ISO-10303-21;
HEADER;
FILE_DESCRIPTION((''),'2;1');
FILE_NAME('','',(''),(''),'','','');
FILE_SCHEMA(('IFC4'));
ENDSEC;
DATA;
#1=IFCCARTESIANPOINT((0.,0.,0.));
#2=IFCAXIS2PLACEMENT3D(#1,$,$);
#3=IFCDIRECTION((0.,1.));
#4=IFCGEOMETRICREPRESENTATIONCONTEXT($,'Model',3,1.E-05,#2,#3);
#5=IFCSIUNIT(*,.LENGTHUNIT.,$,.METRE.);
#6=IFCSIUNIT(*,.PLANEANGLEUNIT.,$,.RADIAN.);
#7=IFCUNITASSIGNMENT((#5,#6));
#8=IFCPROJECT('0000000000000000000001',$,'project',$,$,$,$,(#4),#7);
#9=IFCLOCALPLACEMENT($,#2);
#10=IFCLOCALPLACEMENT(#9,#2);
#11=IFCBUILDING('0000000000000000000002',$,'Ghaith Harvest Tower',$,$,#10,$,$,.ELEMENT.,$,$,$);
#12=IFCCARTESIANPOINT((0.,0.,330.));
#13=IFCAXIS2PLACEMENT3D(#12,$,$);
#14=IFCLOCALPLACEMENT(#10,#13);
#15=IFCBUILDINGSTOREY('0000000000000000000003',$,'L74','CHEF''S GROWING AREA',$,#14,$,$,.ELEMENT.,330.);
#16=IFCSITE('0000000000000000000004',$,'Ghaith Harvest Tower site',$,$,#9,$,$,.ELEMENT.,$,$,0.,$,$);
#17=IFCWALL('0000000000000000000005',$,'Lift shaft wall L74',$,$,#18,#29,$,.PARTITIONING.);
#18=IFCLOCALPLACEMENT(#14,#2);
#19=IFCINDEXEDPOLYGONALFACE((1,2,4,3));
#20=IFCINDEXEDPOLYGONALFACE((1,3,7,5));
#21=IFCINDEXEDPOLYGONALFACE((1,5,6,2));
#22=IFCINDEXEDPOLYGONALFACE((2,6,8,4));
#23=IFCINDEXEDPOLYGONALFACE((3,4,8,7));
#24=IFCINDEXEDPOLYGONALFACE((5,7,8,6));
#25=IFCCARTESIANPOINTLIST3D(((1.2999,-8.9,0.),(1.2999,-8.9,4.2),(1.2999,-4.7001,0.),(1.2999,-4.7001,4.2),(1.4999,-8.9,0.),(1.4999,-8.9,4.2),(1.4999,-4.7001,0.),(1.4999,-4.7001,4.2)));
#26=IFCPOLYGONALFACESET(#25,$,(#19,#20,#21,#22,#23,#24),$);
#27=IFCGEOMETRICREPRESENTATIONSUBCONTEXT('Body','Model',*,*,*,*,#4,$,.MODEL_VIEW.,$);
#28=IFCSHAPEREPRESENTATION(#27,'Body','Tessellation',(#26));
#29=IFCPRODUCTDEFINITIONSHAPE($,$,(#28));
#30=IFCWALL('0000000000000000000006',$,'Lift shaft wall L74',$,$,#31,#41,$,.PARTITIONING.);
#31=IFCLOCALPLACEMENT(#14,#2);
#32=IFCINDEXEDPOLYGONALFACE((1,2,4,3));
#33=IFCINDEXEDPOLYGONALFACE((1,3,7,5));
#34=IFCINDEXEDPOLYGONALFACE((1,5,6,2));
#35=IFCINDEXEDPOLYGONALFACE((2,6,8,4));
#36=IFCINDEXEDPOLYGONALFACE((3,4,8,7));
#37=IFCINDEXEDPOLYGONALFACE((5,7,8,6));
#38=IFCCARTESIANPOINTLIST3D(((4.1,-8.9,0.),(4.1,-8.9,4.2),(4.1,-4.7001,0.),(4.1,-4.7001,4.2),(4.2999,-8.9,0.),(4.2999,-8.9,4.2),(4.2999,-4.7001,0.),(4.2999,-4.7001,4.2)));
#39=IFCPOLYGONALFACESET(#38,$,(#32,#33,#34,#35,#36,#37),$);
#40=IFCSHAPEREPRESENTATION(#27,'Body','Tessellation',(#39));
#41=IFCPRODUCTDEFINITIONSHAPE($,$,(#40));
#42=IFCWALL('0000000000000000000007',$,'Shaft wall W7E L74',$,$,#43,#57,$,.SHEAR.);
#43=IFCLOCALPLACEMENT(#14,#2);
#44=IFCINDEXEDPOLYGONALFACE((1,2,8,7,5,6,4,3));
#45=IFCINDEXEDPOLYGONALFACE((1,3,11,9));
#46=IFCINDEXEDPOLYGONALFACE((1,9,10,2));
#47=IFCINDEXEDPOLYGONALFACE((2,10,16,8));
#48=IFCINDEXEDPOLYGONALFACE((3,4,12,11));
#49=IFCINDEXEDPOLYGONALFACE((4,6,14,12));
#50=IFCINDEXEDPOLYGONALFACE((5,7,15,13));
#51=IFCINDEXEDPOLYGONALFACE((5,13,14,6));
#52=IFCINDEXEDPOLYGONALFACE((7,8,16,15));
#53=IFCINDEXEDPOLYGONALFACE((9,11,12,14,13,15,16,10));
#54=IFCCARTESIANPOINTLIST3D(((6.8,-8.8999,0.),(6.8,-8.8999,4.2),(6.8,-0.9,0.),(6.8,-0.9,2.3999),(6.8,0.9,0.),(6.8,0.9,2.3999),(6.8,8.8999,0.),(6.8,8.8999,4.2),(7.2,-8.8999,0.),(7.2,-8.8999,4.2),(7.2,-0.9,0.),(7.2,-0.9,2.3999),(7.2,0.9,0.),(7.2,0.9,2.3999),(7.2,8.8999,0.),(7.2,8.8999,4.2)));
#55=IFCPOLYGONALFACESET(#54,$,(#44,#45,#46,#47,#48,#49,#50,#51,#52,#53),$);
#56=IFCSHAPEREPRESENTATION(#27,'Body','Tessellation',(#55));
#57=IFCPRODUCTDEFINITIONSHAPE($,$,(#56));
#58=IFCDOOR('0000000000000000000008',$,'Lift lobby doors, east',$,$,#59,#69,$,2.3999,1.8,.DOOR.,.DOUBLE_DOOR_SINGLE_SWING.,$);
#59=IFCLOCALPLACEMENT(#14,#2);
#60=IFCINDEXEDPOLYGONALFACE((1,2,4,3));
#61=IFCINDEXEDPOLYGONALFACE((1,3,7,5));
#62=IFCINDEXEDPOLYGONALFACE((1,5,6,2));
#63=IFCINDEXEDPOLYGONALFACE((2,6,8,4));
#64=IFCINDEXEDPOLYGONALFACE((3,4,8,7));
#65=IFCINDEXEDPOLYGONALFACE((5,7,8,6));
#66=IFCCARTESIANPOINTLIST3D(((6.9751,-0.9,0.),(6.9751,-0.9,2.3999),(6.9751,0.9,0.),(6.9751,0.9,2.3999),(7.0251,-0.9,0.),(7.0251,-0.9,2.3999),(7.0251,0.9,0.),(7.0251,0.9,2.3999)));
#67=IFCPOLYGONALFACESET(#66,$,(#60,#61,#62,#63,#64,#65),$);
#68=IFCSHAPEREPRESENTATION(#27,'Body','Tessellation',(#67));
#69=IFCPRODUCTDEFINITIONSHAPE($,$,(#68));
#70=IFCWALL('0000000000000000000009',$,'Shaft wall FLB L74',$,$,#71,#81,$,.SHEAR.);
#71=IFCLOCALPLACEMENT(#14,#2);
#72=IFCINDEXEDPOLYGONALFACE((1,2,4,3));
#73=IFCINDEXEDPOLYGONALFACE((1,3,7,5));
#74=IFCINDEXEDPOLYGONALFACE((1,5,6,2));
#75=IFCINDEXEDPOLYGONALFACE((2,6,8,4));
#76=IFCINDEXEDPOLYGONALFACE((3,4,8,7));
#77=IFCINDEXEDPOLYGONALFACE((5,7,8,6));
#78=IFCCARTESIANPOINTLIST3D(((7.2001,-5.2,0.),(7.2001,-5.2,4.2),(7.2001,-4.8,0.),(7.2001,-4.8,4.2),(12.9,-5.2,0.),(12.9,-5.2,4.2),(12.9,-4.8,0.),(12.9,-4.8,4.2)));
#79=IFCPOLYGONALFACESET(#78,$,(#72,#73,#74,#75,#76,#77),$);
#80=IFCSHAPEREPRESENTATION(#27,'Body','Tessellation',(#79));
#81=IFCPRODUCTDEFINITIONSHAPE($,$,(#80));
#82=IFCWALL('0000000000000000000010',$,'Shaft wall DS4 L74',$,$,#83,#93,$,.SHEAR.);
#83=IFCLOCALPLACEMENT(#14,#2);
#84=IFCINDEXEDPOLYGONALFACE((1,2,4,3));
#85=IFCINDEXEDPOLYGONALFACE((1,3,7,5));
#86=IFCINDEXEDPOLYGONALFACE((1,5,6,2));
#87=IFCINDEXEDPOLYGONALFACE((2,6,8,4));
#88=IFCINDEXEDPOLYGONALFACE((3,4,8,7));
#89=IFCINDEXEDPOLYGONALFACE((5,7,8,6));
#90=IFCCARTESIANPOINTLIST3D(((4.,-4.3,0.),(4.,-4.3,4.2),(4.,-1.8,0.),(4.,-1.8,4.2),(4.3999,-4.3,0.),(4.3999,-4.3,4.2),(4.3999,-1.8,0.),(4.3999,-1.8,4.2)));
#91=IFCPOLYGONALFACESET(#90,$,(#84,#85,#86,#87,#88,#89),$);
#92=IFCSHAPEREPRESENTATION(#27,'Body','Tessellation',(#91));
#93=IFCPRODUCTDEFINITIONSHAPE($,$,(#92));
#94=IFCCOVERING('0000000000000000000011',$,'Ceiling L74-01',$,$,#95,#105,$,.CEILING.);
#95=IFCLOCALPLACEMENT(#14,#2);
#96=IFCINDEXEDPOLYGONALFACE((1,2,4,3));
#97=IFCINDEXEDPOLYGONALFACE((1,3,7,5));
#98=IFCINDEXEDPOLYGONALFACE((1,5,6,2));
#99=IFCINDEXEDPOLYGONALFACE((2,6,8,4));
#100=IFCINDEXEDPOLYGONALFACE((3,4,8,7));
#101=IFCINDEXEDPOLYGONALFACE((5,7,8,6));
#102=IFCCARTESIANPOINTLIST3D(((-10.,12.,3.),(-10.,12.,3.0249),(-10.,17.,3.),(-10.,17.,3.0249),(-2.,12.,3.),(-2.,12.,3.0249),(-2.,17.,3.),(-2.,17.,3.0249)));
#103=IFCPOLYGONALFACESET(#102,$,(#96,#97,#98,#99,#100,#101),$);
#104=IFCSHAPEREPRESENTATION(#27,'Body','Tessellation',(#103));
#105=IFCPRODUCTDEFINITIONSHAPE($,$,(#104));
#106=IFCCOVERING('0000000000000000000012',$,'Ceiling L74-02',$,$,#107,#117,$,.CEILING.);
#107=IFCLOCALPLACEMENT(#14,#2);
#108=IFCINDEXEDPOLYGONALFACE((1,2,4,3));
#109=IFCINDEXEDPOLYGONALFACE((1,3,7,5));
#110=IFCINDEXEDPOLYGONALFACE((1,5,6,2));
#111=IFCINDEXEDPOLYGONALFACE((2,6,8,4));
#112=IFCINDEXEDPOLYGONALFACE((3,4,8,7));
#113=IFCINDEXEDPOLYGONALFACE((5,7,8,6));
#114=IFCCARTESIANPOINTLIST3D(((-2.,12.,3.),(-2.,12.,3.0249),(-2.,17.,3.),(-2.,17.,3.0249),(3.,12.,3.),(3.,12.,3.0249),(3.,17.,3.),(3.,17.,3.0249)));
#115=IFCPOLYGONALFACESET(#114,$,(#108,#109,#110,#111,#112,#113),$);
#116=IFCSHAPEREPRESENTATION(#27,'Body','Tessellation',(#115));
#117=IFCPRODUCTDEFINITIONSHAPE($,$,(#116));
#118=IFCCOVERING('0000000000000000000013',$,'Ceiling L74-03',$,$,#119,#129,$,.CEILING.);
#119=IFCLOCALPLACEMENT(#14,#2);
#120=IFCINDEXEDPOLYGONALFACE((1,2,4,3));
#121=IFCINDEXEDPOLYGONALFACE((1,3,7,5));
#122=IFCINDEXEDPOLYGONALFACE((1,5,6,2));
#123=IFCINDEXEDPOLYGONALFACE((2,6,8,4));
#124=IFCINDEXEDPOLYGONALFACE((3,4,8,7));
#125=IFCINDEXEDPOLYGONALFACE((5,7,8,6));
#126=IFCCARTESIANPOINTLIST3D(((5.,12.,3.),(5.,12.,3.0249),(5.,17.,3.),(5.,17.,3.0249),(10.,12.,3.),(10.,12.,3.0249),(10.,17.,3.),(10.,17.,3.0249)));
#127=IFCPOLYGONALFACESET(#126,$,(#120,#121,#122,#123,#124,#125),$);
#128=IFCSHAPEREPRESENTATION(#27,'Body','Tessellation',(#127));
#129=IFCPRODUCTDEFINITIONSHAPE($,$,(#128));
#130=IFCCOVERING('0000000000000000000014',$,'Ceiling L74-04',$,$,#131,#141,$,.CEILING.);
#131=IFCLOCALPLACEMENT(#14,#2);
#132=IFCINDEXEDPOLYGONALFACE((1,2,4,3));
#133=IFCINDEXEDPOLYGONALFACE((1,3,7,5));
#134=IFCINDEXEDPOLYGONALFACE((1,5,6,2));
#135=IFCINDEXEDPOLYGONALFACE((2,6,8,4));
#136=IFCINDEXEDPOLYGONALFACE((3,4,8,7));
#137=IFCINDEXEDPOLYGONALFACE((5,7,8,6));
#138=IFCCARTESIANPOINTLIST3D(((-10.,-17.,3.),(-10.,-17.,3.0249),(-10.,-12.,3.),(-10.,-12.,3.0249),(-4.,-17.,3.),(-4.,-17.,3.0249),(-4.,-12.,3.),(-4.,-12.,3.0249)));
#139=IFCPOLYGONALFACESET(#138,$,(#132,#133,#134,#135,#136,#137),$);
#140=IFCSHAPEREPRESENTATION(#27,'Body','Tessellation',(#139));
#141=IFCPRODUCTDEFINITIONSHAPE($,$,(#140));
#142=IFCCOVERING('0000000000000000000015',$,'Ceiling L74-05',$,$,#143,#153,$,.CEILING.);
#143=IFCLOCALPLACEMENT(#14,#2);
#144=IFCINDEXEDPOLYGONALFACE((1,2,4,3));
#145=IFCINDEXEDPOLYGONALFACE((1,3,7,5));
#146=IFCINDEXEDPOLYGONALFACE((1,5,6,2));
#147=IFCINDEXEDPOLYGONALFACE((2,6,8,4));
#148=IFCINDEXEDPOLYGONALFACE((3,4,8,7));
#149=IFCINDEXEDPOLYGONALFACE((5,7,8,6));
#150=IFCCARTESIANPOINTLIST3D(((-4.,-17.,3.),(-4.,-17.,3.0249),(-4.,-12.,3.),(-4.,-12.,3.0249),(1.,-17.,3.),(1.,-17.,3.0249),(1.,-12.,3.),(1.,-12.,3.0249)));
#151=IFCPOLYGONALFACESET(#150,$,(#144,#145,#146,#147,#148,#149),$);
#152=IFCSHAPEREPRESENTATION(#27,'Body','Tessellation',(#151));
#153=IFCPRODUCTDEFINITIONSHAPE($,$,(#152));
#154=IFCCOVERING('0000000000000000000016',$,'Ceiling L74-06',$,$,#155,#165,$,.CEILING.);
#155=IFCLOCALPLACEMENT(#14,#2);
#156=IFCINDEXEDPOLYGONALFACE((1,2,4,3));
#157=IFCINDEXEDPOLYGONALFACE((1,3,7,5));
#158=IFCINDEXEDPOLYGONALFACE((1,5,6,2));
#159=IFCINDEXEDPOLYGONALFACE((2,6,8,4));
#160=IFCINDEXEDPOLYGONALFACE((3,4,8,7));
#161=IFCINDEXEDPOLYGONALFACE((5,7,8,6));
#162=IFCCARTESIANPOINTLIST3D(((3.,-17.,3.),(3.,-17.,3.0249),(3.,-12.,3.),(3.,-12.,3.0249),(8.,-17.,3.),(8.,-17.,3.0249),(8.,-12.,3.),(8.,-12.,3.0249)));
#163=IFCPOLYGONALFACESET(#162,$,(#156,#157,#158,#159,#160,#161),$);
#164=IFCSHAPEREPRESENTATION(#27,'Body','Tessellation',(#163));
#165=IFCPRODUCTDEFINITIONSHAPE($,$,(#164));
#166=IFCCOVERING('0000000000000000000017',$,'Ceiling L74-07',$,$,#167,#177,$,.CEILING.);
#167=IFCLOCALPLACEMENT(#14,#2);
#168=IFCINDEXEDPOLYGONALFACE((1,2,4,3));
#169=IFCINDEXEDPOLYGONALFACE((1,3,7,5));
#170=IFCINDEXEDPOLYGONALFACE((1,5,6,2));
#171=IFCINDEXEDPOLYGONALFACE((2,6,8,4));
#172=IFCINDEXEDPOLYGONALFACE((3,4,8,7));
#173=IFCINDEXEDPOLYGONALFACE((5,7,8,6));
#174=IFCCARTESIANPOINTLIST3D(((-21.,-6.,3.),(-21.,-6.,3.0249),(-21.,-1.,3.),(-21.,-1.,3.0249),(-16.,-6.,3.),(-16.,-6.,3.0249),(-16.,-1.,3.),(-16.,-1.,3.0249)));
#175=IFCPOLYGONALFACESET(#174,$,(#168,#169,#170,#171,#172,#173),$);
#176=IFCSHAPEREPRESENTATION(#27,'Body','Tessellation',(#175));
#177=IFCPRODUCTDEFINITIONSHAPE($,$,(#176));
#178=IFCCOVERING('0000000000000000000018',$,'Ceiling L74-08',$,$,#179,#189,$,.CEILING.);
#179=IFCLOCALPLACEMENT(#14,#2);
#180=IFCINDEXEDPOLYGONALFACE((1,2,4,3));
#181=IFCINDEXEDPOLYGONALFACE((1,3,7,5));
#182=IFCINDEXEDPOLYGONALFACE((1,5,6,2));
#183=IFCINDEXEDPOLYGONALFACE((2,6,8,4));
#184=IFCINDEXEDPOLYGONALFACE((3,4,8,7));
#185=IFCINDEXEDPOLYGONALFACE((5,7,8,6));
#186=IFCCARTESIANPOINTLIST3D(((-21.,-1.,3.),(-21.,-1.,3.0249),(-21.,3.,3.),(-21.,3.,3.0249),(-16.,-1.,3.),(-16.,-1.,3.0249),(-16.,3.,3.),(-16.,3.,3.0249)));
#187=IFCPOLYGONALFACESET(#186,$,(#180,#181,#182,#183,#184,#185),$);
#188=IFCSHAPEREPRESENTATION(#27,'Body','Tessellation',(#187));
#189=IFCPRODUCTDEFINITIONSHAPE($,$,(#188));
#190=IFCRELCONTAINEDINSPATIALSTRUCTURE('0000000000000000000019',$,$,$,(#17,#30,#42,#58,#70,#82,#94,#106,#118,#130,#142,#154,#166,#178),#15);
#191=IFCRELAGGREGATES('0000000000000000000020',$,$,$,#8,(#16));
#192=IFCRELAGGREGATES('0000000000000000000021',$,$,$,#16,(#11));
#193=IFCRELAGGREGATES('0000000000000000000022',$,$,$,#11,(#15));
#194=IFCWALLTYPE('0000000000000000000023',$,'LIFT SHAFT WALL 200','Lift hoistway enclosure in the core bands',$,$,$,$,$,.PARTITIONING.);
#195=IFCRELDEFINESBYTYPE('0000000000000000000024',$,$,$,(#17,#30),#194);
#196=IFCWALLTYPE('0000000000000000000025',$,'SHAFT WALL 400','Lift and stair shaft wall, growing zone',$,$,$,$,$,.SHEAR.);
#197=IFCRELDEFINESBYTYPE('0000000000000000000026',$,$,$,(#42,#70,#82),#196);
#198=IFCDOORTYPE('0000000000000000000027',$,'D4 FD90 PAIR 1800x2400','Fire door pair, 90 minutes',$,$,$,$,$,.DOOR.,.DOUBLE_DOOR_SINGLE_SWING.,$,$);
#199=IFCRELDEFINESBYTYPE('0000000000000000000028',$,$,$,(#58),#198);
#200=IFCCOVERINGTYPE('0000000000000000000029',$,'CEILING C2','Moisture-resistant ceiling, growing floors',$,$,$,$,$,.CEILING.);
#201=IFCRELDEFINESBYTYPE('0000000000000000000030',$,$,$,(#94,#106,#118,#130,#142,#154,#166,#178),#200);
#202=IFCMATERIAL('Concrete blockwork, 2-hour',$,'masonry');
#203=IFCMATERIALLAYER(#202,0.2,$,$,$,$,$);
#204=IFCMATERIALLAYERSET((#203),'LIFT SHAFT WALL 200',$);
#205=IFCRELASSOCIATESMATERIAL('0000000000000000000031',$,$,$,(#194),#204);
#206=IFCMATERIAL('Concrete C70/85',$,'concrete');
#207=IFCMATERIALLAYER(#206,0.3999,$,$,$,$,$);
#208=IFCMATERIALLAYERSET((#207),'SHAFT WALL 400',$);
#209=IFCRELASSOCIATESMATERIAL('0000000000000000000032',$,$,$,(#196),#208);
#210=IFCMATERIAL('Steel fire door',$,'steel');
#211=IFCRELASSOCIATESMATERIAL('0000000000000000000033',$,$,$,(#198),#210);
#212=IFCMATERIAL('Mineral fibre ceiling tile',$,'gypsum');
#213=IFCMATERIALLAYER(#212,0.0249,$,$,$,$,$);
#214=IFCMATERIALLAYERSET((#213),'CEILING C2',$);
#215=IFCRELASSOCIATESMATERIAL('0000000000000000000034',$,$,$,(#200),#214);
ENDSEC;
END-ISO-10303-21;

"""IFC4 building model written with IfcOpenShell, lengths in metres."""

from ifc_helpers import new_model, si_unit, direction, frame, frame_2d, origin, place, context, subcontext, project, spatial, polyline, rectangle, outline, extrude, material, layer, layer_set, type_object, element, fill, save


model = new_model("IFC4")

# Units and contexts
model_context = context("Model", 3, precision=1e-05, world=origin(), true_north=direction((0.0, 1.0)))
body_context = subcontext(model_context, "Body", "Model", "MODEL_VIEW")
ifc_project = project(units=[si_unit("LENGTHUNIT", "METRE"), si_unit("PLANEANGLEUNIT", "RADIAN")], contexts=[model_context])

# Site, building, storey
site_placement = place(None, origin())
site = spatial("IfcSite", under=ifc_project, at=site_placement, Name="Ghaith Harvest Tower site", CompositionType="ELEMENT", RefElevation=0.0)
building_placement = place(site_placement, origin())
building = spatial("IfcBuilding", under=site, at=building_placement, Name="Ghaith Harvest Tower", CompositionType="ELEMENT")
storey_placement = place(building_placement, frame((0.0, 0.0, 330.0)))
storey = spatial("IfcBuildingStorey", under=building, at=storey_placement, Name="L74", Description="CHEF'S GROWING AREA", CompositionType="ELEMENT", Elevation=330.0)

# Walls
ifc_material_1 = material(Name="Concrete blockwork, 2-hour", Category="masonry")
ifc_layer_1 = layer(ifc_material_1, 0.2)
ifc_layer_set_1 = layer_set([ifc_layer_1], Name="LIFT SHAFT WALL 200")
wall_type_1 = type_object("IfcWallType", Name="LIFT SHAFT WALL 200", Description="Lift hoistway enclosure in the core bands", PredefinedType="PARTITIONING", material=ifc_layer_set_1)
for number, where, z_axis, x_axis, name in (
    (1, (1.3999, -4.7, 0.0), (0.0, 0.0, 1.0), (0.0, -1.0, 0.0), "Lift shaft wall L74"),
    (2, (4.2, -4.7, 0.0), (0.0, 0.0, 1.0), (0.0, -1.0, 0.0), "Lift shaft wall L74"),
):
    element("IfcWall", number, at=place(storey_placement, frame(where, z_axis=z_axis, x_axis=x_axis)), inside=storey, type_object=wall_type_1, Name=name, PredefinedType="PARTITIONING", context=body_context, shape_type="SweptSolid", body=[
        extrude(rectangle(XDim=4.2, YDim=0.2, at=frame_2d((2.1001, 0.0))), origin(), (0.0, 0.0, 1.0), 4.2),
    ])

# Wall, opening, door
ifc_material_2 = material(Name="Concrete C70/85", Category="concrete")
ifc_layer_2 = layer(ifc_material_2, 0.3999)
ifc_layer_set_2 = layer_set([ifc_layer_2], Name="SHAFT WALL 400")
wall_type_2 = type_object("IfcWallType", Name="SHAFT WALL 400", Description="Lift and stair shaft wall, growing zone", PredefinedType="SHEAR", material=ifc_layer_set_2)
wall_1_placement = place(storey_placement, frame((7.0, -8.8999, 0.0), z_axis=(0.0, 0.0, 1.0), x_axis=(0.0, 1.0, 0.0)))
wall_1 = element("IfcWall", 3, at=wall_1_placement, inside=storey, type_object=wall_type_2, Name="Shaft wall W7E L74", PredefinedType="SHEAR", context=body_context, shape_type="SweptSolid", body=[
    extrude(rectangle(XDim=17.7998, YDim=0.3999, at=frame_2d((8.8999, 0.0))), origin(), (0.0, 0.0, 1.0), 4.2),
])
opening_1_placement = place(wall_1_placement, frame((8.0, 0.0, 0.0)))
opening_1 = element("IfcOpeningElement", 4, at=opening_1_placement, cuts=wall_1, PredefinedType="OPENING", context=body_context, shape_type="SweptSolid", body=[
    extrude(rectangle(XDim=1.8, YDim=2.3999, at=frame_2d((0.8999, 1.2))), frame((0.0, 0.21, 0.0), z_axis=(0.0, -1.0, 0.0), x_axis=(1.0, 0.0, 0.0)), (0.0, 0.0, 1.0), 0.4199),
])
ifc_material_3 = material(Name="Steel fire door", Category="steel")
door_type_1 = type_object("IfcDoorType", Name="D4 FD90 PAIR 1800x2400", Description="Fire door pair, 90 minutes", OperationType="DOUBLE_DOOR_SINGLE_SWING", PredefinedType="DOOR", material=ifc_material_3)
door_1_placement = place(opening_1_placement, origin())
door_1 = element("IfcDoor", 5, at=door_1_placement, inside=storey, type_object=door_type_1, Name="Lift lobby doors, east", OperationType="DOUBLE_DOOR_SINGLE_SWING", OverallHeight=2.3999, OverallWidth=1.8, PredefinedType="DOOR", context=body_context, shape_type="SweptSolid", body=[
    extrude(rectangle(XDim=1.8, YDim=2.3999, at=frame_2d((0.8999, 1.2))), frame((0.0, 0.0249, 0.0), z_axis=(0.0, -1.0, 0.0), x_axis=(1.0, 0.0, 0.0)), (0.0, 0.0, 1.0), 0.05),
])
fill(opening_1, door_1)

# Walls
wall_2_placement = place(storey_placement, frame((7.2, -5.0, 0.0), z_axis=(0.0, 0.0, 1.0), x_axis=(1.0, 0.0, 0.0)))
element("IfcWall", 6, at=wall_2_placement, inside=storey, type_object=wall_type_2, Name="Shaft wall FLB L74", PredefinedType="SHEAR", context=body_context, shape_type="SweptSolid", body=[
    extrude(rectangle(XDim=5.7, YDim=0.3999, at=frame_2d((2.8501, 0.0))), origin(), (0.0, 0.0, 1.0), 4.2),
])
wall_3_placement = place(storey_placement, frame((4.2, -4.3, 0.0), z_axis=(0.0, 0.0, 1.0), x_axis=(0.0, 1.0, 0.0)))
element("IfcWall", 7, at=wall_3_placement, inside=storey, type_object=wall_type_2, Name="Shaft wall DS4 L74", PredefinedType="SHEAR", context=body_context, shape_type="SweptSolid", body=[
    extrude(rectangle(XDim=2.5, YDim=0.3999, at=frame_2d((1.25, 0.0))), origin(), (0.0, 0.0, 1.0), 4.2),
])

# Coverings
ifc_material_4 = material(Name="Mineral fibre ceiling tile", Category="gypsum")
ifc_layer_3 = layer(ifc_material_4, 0.0249)
ifc_layer_set_3 = layer_set([ifc_layer_3], Name="CEILING C2")
covering_type = type_object("IfcCoveringType", Name="CEILING C2", Description="Moisture-resistant ceiling, growing floors", PredefinedType="CEILING", material=ifc_layer_set_3)
covering_1_placement = place(storey_placement, frame((0.0, 0.0, 3.0)))
element("IfcCovering", 8, at=covering_1_placement, inside=storey, type_object=covering_type, Name="Ceiling L74-01", PredefinedType="CEILING", context=body_context, shape_type="SweptSolid", body=[
    extrude(outline(polyline([(-10.0, 12.0), (-2.0, 12.0), (-2.0, 17.0), (-10.0, 17.0), (-10.0, 12.0)])), origin(), (0.0, 0.0, 1.0), 0.0249),
])
covering_2_placement = place(storey_placement, frame((0.0, 0.0, 3.0)))
element("IfcCovering", 9, at=covering_2_placement, inside=storey, type_object=covering_type, Name="Ceiling L74-02", PredefinedType="CEILING", context=body_context, shape_type="SweptSolid", body=[
    extrude(outline(polyline([(-2.0, 12.0), (3.0, 12.0), (3.0, 17.0), (-2.0, 17.0), (-2.0, 12.0)])), origin(), (0.0, 0.0, 1.0), 0.0249),
])
covering_3_placement = place(storey_placement, frame((0.0, 0.0, 3.0)))
element("IfcCovering", 10, at=covering_3_placement, inside=storey, type_object=covering_type, Name="Ceiling L74-03", PredefinedType="CEILING", context=body_context, shape_type="SweptSolid", body=[
    extrude(outline(polyline([(5.0, 12.0), (10.0, 12.0), (10.0, 17.0), (5.0, 17.0), (5.0, 12.0)])), origin(), (0.0, 0.0, 1.0), 0.0249),
])
covering_4_placement = place(storey_placement, frame((0.0, 0.0, 3.0)))
element("IfcCovering", 11, at=covering_4_placement, inside=storey, type_object=covering_type, Name="Ceiling L74-04", PredefinedType="CEILING", context=body_context, shape_type="SweptSolid", body=[
    extrude(outline(polyline([(-10.0, -17.0), (-4.0, -17.0), (-4.0, -12.0), (-10.0, -12.0), (-10.0, -17.0)])), origin(), (0.0, 0.0, 1.0), 0.0249),
])
covering_5_placement = place(storey_placement, frame((0.0, 0.0, 3.0)))
element("IfcCovering", 12, at=covering_5_placement, inside=storey, type_object=covering_type, Name="Ceiling L74-05", PredefinedType="CEILING", context=body_context, shape_type="SweptSolid", body=[
    extrude(outline(polyline([(-4.0, -17.0), (1.0, -17.0), (1.0, -12.0), (-4.0, -12.0), (-4.0, -17.0)])), origin(), (0.0, 0.0, 1.0), 0.0249),
])
covering_6_placement = place(storey_placement, frame((0.0, 0.0, 3.0)))
element("IfcCovering", 13, at=covering_6_placement, inside=storey, type_object=covering_type, Name="Ceiling L74-06", PredefinedType="CEILING", context=body_context, shape_type="SweptSolid", body=[
    extrude(outline(polyline([(3.0, -17.0), (8.0, -17.0), (8.0, -12.0), (3.0, -12.0), (3.0, -17.0)])), origin(), (0.0, 0.0, 1.0), 0.0249),
])
covering_7_placement = place(storey_placement, frame((0.0, 0.0, 3.0)))
element("IfcCovering", 14, at=covering_7_placement, inside=storey, type_object=covering_type, Name="Ceiling L74-07", PredefinedType="CEILING", context=body_context, shape_type="SweptSolid", body=[
    extrude(outline(polyline([(-21.0, -6.0), (-16.0, -6.0), (-16.0, -1.0), (-21.0, -1.0), (-21.0, -6.0)])), origin(), (0.0, 0.0, 1.0), 0.0249),
])
covering_8_placement = place(storey_placement, frame((0.0, 0.0, 3.0)))
element("IfcCovering", 15, at=covering_8_placement, inside=storey, type_object=covering_type, Name="Ceiling L74-08", PredefinedType="CEILING", context=body_context, shape_type="SweptSolid", body=[
    extrude(outline(polyline([(-21.0, -1.0), (-16.0, -1.0), (-16.0, 3.0), (-21.0, 3.0), (-21.0, -1.0)])), origin(), (0.0, 0.0, 1.0), 0.0249),
])

save(model, "model.ifc")
